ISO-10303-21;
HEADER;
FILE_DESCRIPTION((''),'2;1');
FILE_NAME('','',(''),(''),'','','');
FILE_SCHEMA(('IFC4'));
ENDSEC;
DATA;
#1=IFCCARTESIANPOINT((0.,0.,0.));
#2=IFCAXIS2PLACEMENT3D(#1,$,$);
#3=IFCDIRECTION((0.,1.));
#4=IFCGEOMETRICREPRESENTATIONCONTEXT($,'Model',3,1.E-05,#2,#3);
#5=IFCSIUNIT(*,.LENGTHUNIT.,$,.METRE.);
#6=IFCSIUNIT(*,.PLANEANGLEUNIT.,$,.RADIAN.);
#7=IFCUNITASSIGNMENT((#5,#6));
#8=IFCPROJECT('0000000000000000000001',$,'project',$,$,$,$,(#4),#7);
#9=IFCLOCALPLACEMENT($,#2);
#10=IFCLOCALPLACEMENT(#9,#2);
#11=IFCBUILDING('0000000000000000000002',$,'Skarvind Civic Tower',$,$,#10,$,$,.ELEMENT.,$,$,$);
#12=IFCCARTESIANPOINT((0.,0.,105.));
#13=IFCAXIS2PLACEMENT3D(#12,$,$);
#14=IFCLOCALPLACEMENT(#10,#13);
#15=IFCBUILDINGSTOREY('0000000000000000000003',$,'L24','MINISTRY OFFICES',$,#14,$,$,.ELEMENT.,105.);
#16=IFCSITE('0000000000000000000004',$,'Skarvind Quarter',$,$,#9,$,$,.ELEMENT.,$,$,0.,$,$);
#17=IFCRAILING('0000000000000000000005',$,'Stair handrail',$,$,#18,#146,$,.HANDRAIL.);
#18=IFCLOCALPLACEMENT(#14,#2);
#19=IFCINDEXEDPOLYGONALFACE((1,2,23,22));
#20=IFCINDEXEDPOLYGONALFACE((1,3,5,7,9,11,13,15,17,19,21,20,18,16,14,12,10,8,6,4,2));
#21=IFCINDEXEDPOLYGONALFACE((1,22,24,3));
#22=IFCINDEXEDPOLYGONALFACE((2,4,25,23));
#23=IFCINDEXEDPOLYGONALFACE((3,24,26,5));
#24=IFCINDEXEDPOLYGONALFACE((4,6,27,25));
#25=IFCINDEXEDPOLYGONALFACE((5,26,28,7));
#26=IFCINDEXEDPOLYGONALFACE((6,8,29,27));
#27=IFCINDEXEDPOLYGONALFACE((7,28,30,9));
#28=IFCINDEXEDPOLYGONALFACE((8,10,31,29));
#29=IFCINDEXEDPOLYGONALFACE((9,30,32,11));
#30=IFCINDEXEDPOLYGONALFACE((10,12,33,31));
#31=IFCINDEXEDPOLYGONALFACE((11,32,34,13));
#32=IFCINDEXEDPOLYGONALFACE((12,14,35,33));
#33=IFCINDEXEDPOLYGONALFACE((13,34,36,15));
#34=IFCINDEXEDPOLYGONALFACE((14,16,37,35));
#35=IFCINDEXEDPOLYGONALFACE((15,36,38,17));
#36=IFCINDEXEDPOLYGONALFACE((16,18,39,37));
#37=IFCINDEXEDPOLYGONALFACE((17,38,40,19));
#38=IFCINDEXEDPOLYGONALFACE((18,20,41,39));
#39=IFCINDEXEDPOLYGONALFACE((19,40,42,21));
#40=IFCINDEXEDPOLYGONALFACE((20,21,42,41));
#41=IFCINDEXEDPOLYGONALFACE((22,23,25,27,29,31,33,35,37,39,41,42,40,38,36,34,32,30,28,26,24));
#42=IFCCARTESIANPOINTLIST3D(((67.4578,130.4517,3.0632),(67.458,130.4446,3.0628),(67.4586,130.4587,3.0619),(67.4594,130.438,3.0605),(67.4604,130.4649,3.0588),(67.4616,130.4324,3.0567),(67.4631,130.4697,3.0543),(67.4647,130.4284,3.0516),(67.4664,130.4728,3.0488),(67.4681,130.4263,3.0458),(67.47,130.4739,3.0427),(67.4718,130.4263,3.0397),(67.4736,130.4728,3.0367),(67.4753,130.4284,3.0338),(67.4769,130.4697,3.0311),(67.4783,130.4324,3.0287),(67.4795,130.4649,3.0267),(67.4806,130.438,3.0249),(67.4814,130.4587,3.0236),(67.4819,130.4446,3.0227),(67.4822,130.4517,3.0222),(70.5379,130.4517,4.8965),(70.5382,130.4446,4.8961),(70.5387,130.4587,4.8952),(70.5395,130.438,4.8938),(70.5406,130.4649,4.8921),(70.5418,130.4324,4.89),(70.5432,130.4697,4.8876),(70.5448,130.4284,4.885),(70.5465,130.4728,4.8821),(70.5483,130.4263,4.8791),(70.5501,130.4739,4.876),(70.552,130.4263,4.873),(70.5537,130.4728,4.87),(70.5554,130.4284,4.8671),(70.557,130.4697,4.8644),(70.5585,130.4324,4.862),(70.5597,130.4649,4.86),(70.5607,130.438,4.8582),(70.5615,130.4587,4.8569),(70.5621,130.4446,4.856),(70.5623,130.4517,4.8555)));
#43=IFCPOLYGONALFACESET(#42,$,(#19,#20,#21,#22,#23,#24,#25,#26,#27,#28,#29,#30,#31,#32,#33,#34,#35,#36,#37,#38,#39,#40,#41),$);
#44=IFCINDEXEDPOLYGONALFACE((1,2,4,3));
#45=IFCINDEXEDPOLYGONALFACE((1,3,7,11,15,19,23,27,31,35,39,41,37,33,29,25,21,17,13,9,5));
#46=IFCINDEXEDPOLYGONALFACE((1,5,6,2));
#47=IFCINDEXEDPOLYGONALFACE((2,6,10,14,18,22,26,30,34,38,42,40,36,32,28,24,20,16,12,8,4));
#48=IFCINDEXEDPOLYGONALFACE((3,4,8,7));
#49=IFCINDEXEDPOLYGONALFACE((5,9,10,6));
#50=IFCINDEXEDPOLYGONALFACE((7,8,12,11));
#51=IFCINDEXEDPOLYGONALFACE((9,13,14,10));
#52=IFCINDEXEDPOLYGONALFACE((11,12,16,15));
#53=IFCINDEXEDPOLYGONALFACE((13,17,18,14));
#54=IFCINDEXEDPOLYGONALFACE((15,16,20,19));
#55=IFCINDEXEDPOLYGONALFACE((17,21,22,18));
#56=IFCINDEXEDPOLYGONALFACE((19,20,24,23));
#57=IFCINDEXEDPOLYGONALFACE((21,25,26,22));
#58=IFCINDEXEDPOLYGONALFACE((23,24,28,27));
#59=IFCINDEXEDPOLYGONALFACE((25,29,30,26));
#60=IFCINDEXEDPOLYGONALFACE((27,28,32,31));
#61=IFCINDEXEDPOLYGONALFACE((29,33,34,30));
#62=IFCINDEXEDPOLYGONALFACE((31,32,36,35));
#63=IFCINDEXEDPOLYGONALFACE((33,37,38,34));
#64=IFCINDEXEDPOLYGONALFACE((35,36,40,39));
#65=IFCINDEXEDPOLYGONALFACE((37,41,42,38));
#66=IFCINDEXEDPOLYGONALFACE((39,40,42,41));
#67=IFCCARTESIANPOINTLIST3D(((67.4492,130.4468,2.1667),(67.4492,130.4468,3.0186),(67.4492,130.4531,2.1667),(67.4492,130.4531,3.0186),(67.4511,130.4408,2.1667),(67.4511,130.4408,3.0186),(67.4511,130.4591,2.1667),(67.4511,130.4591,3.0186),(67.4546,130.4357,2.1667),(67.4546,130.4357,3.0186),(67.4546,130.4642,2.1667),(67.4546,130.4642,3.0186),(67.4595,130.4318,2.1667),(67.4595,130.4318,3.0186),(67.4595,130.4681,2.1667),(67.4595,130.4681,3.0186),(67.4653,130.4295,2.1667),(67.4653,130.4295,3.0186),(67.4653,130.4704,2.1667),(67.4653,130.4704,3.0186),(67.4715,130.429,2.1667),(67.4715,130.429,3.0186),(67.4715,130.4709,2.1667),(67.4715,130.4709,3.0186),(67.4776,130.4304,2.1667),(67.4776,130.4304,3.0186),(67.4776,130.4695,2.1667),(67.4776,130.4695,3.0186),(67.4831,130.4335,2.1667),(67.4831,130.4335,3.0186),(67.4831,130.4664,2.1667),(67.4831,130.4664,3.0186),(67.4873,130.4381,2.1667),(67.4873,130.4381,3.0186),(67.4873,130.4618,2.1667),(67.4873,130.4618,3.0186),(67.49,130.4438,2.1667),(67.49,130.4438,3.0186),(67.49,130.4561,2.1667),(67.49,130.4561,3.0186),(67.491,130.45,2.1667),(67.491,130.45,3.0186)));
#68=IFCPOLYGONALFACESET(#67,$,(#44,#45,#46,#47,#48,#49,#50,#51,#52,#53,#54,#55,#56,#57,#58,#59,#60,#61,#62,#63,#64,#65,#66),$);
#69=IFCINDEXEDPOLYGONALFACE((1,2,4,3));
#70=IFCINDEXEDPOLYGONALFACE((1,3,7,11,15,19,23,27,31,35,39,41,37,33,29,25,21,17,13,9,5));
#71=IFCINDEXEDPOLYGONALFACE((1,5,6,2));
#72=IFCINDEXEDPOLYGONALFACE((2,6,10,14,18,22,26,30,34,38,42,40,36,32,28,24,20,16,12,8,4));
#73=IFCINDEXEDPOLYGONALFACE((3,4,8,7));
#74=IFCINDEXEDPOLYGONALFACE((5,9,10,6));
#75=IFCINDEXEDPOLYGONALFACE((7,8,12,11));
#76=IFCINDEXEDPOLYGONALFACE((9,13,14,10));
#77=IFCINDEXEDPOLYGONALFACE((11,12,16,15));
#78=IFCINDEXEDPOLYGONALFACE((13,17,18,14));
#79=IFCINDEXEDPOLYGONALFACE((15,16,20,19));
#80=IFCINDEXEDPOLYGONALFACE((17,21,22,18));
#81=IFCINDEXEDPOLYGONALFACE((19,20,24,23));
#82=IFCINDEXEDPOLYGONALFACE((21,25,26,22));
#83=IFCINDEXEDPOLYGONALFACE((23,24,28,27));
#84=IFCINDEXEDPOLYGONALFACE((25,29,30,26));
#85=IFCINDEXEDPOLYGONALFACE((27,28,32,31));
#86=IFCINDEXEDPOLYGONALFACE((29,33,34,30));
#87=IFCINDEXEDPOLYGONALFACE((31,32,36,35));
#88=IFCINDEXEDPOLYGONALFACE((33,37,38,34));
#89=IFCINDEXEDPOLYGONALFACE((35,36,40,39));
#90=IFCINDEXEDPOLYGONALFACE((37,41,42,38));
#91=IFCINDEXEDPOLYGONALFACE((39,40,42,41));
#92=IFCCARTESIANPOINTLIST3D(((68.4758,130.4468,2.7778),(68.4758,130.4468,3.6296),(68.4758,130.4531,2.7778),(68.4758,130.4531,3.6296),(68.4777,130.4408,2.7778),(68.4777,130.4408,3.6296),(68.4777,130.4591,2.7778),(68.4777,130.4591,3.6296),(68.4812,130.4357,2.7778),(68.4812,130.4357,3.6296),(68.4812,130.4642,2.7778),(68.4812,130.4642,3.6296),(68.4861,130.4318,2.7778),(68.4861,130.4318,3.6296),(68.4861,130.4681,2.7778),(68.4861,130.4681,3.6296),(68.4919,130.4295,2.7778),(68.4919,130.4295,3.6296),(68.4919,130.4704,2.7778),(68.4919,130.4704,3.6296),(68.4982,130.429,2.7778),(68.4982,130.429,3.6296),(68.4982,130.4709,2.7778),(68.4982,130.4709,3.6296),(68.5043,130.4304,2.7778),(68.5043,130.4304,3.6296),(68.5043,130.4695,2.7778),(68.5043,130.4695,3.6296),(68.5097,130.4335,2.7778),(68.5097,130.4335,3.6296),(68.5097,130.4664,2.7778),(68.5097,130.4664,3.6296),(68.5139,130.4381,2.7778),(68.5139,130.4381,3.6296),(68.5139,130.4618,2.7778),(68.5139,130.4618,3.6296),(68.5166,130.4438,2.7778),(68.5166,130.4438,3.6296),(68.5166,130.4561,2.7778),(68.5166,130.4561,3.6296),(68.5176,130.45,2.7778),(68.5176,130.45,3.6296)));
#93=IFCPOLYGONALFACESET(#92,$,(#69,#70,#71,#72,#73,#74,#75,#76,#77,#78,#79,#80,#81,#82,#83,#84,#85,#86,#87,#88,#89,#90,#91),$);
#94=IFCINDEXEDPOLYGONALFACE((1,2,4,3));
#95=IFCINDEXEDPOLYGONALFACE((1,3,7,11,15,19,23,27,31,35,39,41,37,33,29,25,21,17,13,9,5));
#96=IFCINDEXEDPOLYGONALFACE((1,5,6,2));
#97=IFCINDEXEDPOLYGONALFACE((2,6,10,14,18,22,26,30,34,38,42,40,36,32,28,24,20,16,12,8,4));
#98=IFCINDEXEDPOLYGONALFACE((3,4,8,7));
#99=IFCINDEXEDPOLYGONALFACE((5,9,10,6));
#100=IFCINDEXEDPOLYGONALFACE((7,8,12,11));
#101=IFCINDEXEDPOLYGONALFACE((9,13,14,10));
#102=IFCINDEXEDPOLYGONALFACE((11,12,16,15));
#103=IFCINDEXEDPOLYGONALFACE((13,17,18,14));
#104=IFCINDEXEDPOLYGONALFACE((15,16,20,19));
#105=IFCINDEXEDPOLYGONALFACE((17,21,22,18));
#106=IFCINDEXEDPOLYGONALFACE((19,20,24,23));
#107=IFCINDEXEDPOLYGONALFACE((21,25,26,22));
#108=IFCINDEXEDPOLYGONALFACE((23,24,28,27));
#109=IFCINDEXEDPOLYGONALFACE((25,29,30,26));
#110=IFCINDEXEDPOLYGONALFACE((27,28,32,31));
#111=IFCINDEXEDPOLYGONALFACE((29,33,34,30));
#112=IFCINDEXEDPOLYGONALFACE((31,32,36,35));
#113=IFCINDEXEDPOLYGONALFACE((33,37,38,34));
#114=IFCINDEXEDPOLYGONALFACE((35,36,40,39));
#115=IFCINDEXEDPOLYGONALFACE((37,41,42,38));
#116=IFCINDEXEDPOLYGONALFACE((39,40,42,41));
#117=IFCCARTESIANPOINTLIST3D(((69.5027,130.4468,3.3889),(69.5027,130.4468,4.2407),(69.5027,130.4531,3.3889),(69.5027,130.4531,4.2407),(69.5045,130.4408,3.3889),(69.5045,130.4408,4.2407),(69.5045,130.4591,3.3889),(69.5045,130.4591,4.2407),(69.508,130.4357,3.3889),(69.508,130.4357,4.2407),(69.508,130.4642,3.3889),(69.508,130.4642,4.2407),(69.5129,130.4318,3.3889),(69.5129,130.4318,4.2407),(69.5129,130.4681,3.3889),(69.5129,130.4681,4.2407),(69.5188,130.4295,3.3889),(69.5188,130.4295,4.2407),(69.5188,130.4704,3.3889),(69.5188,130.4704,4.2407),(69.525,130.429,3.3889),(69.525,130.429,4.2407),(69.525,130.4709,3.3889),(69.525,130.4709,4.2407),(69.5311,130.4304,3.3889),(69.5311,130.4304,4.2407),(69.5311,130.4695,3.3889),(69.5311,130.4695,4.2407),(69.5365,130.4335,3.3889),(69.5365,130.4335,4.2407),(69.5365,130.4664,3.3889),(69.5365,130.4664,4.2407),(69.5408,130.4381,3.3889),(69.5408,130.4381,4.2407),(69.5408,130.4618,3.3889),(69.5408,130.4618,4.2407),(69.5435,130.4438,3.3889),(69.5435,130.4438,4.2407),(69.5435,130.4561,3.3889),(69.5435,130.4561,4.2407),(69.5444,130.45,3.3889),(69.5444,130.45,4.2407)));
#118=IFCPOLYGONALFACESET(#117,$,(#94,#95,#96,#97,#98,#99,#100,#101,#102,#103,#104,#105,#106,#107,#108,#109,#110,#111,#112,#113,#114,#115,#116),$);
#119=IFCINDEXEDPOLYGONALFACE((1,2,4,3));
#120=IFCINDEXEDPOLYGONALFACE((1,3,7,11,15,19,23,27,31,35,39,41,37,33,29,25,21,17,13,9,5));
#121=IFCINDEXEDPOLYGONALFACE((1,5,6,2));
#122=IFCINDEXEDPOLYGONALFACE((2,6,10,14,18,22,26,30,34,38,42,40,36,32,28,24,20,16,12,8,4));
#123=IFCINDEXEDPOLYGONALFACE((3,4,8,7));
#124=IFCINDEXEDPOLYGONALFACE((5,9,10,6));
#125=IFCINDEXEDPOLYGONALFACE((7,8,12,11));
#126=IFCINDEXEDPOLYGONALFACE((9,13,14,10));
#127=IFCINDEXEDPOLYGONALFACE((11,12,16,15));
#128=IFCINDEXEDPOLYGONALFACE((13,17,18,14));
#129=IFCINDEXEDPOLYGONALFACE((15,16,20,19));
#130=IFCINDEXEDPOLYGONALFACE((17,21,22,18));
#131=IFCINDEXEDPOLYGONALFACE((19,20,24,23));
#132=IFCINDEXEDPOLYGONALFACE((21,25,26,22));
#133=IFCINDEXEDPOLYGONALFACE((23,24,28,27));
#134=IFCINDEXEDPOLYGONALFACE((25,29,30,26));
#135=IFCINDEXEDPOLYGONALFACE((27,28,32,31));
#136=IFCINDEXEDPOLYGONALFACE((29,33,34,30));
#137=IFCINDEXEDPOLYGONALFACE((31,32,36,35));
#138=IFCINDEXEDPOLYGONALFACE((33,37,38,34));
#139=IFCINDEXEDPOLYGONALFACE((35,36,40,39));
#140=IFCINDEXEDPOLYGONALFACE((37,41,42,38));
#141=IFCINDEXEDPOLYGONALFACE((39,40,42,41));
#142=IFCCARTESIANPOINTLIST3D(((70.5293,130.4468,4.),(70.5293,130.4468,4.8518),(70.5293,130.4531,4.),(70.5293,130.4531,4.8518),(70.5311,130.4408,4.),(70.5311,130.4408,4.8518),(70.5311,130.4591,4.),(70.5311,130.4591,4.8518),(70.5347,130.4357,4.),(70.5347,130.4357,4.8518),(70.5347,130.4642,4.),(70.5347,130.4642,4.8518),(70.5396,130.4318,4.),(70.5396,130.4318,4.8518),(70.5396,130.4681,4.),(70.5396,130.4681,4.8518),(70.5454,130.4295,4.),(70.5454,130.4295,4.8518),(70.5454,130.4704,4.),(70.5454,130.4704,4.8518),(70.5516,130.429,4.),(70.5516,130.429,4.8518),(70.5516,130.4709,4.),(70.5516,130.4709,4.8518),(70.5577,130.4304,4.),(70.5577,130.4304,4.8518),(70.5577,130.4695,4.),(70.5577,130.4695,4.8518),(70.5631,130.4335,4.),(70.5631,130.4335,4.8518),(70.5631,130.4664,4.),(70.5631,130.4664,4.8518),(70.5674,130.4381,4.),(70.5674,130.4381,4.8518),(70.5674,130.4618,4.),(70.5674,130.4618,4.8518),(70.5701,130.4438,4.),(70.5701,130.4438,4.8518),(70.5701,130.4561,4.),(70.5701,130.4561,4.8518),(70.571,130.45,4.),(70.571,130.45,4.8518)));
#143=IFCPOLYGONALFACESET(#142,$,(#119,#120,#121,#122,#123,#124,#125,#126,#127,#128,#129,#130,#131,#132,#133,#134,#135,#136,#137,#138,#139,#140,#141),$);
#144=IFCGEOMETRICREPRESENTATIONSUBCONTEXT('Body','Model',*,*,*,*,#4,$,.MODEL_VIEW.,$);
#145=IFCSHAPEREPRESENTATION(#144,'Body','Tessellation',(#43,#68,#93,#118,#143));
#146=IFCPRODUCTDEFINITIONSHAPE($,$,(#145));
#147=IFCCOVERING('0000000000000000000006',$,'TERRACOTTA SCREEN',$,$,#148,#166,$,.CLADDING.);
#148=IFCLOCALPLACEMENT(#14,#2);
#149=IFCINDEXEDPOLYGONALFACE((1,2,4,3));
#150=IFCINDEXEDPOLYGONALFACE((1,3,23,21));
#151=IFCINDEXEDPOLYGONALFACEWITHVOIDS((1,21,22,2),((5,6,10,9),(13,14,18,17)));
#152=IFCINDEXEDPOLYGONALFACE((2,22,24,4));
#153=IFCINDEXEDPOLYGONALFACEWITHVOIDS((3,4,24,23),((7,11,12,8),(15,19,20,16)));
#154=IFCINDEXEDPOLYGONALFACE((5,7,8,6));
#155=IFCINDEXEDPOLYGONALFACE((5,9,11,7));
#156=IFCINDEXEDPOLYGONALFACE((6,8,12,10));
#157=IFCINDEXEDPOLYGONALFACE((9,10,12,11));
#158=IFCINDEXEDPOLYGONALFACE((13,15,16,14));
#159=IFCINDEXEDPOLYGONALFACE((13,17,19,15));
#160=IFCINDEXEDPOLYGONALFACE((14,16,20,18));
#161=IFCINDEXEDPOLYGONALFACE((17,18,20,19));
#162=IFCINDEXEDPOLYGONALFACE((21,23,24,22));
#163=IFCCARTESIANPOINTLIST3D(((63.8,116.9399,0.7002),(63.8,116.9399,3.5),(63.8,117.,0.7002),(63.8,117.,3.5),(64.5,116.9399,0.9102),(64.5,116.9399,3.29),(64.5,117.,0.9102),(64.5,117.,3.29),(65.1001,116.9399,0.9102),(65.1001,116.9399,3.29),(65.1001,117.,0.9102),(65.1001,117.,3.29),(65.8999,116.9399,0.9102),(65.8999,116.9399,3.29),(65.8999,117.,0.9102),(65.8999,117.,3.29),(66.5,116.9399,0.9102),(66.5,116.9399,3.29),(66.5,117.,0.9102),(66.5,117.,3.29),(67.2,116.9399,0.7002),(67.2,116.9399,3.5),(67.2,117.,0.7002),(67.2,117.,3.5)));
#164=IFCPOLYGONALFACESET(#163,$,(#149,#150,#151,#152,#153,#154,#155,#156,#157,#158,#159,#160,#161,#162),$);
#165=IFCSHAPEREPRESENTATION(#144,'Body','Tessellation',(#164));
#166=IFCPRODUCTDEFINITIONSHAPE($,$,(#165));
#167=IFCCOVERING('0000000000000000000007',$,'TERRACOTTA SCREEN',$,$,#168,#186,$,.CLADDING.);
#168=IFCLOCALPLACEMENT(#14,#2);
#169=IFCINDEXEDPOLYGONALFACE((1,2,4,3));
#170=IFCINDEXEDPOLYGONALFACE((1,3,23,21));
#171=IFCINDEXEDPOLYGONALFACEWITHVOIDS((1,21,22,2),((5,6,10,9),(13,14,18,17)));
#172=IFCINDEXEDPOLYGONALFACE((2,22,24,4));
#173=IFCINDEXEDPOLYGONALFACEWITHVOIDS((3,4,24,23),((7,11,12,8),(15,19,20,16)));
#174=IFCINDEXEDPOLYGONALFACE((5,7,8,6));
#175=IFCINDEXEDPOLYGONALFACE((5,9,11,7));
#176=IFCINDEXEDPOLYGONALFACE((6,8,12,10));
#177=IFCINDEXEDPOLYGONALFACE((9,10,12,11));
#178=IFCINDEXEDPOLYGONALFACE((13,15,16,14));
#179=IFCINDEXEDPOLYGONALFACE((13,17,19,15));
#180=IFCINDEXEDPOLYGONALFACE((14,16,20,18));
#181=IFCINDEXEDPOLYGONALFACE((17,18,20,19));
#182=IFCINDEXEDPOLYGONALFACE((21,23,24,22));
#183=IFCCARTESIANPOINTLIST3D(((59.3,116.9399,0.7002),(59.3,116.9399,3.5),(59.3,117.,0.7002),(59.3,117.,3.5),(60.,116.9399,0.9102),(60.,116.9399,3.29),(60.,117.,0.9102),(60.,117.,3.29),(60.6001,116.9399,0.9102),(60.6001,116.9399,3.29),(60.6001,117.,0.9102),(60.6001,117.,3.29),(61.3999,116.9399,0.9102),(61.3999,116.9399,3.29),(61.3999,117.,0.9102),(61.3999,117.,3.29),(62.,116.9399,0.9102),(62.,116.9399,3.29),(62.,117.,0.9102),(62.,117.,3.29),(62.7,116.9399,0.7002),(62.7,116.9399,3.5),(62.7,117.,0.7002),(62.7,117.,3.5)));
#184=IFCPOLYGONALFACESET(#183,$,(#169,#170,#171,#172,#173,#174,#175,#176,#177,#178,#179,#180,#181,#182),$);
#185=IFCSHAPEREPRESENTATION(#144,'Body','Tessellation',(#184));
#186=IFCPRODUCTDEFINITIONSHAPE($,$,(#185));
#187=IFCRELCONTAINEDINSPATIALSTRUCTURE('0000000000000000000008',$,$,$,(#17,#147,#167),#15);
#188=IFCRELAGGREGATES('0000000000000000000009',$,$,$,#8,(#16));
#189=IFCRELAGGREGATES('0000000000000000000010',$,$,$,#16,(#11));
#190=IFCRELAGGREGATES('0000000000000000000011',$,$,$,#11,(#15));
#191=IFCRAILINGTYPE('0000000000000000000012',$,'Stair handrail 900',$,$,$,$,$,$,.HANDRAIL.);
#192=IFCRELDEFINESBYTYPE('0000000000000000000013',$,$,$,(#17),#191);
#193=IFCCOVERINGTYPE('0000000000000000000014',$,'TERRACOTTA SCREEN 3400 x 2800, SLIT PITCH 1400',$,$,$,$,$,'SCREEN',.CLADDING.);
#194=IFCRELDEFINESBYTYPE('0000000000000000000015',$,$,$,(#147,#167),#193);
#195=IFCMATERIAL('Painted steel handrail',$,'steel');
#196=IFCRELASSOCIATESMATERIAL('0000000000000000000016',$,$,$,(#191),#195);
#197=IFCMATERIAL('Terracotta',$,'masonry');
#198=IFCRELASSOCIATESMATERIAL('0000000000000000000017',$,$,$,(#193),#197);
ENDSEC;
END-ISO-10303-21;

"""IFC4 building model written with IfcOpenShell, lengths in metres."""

from ifc_helpers import new_model, si_unit, direction, frame, origin, origin_2d, place, context, subcontext, project, spatial, polyline, circle, outline, extrude, material, material_profile, profile_set, type_object, element, save


model = new_model("IFC4")

# Units and contexts
model_context = context("Model", 3, precision=1e-05, world=origin(), true_north=direction((0.0, 1.0)))
body_context = subcontext(model_context, "Body", "Model", "MODEL_VIEW")
ifc_project = project(units=[si_unit("LENGTHUNIT", "METRE"), si_unit("PLANEANGLEUNIT", "RADIAN")], contexts=[model_context])

# Site, building, storey
site_placement = place(None, origin())
site = spatial("IfcSite", under=ifc_project, at=site_placement, Name="Skarvind Quarter", CompositionType="ELEMENT", RefElevation=0.0)
building_placement = place(site_placement, origin())
building = spatial("IfcBuilding", under=site, at=building_placement, Name="Skarvind Civic Tower", CompositionType="ELEMENT")
storey_placement = place(building_placement, frame((0.0, 0.0, 105.0)))
storey = spatial("IfcBuildingStorey", under=building, at=storey_placement, Name="L24", Description="MINISTRY OFFICES", CompositionType="ELEMENT", Elevation=105.0)

# Railing
ifc_material_1 = material(Name="Painted steel handrail", Category="steel")
railing_type_1 = type_object("IfcRailingType", Name="Stair handrail 900", PredefinedType="HANDRAIL", material=ifc_material_1)
railing_1_placement = place(storey_placement, frame((67.47, 130.45, 2.1667)))
element("IfcRailing", 1, at=railing_1_placement, inside=storey, type_object=railing_type_1, Name="Stair handrail", PredefinedType="HANDRAIL", context=body_context, shape_type="SweptSolid", body=[
    extrude(circle(Radius=0.0239, at=origin_2d()), frame((0.0, 0.0, 0.876), z_axis=(0.859309, 0.0, 0.511458), x_axis=(0.0, 1.0, 0.0)), (0.0, 0.0, 1.0), 3.5845),
    extrude(circle(Radius=0.021, at=origin_2d()), origin(), (0.0, 0.0, 1.0), 0.8518),
    extrude(circle(Radius=0.021, at=origin_2d()), frame((1.0266, 0.0, 0.6111)), (0.0, 0.0, 1.0), 0.8518),
    extrude(circle(Radius=0.021, at=origin_2d()), frame((2.0535, 0.0, 1.2222)), (0.0, 0.0, 1.0), 0.8518),
    extrude(circle(Radius=0.021, at=origin_2d()), frame((3.0801, 0.0, 1.8333)), (0.0, 0.0, 1.0), 0.8518),
])

# Coverings
ifc_material_2 = material(Name="Terracotta", Category="masonry")
ifc_material_profile_1 = material_profile(ifc_material_2, outline(polyline([(-1.7, -1.3999), (1.7, -1.3999), (1.7, 1.3999), (-1.7, 1.3999), (-1.7, -1.3999)]), holes=[polyline([(-1.0, -1.1899), (-0.3999, -1.1899), (-0.3999, 1.1899), (-1.0, 1.1899), (-1.0, -1.1899)]), polyline([(0.3999, -1.1899), (1.0, -1.1899), (1.0, 1.1899), (0.3999, 1.1899), (0.3999, -1.1899)])]), Name="TERRACOTTA SCREEN 3400 x 2800, SLIT PITCH 1400")
ifc_profile_set_1 = profile_set([ifc_material_profile_1], Name="Terracotta")
covering_type_1 = type_object("IfcCoveringType", Name="TERRACOTTA SCREEN 3400 x 2800, SLIT PITCH 1400", ElementType="SCREEN", PredefinedType="CLADDING", material=ifc_profile_set_1)
for number, where, z_axis, x_axis, name in (
    (2, (65.5, 117.0, 2.1001), (0.0, -1.0, 0.0), (1.0, 0.0, 0.0), "TERRACOTTA SCREEN"),
    (3, (61.0, 117.0, 2.1001), (0.0, -1.0, 0.0), (1.0, 0.0, 0.0), "TERRACOTTA SCREEN"),
):
    element("IfcCovering", number, at=place(storey_placement, frame(where, z_axis=z_axis, x_axis=x_axis)), inside=storey, type_object=covering_type_1, Name=name, PredefinedType="CLADDING", context=body_context, shape_type="SweptSolid", body=[
        extrude(outline(polyline([(-1.7, -1.3999), (1.7, -1.3999), (1.7, 1.3999), (-1.7, 1.3999), (-1.7, -1.3999)]), holes=[polyline([(-1.0, -1.1899), (-0.3999, -1.1899), (-0.3999, 1.1899), (-1.0, 1.1899), (-1.0, -1.1899)]), polyline([(0.3999, -1.1899), (1.0, -1.1899), (1.0, 1.1899), (0.3999, 1.1899), (0.3999, -1.1899)])]), origin(), (0.0, 0.0, 1.0), 0.0601),
    ])

save(model, "model.ifc")
